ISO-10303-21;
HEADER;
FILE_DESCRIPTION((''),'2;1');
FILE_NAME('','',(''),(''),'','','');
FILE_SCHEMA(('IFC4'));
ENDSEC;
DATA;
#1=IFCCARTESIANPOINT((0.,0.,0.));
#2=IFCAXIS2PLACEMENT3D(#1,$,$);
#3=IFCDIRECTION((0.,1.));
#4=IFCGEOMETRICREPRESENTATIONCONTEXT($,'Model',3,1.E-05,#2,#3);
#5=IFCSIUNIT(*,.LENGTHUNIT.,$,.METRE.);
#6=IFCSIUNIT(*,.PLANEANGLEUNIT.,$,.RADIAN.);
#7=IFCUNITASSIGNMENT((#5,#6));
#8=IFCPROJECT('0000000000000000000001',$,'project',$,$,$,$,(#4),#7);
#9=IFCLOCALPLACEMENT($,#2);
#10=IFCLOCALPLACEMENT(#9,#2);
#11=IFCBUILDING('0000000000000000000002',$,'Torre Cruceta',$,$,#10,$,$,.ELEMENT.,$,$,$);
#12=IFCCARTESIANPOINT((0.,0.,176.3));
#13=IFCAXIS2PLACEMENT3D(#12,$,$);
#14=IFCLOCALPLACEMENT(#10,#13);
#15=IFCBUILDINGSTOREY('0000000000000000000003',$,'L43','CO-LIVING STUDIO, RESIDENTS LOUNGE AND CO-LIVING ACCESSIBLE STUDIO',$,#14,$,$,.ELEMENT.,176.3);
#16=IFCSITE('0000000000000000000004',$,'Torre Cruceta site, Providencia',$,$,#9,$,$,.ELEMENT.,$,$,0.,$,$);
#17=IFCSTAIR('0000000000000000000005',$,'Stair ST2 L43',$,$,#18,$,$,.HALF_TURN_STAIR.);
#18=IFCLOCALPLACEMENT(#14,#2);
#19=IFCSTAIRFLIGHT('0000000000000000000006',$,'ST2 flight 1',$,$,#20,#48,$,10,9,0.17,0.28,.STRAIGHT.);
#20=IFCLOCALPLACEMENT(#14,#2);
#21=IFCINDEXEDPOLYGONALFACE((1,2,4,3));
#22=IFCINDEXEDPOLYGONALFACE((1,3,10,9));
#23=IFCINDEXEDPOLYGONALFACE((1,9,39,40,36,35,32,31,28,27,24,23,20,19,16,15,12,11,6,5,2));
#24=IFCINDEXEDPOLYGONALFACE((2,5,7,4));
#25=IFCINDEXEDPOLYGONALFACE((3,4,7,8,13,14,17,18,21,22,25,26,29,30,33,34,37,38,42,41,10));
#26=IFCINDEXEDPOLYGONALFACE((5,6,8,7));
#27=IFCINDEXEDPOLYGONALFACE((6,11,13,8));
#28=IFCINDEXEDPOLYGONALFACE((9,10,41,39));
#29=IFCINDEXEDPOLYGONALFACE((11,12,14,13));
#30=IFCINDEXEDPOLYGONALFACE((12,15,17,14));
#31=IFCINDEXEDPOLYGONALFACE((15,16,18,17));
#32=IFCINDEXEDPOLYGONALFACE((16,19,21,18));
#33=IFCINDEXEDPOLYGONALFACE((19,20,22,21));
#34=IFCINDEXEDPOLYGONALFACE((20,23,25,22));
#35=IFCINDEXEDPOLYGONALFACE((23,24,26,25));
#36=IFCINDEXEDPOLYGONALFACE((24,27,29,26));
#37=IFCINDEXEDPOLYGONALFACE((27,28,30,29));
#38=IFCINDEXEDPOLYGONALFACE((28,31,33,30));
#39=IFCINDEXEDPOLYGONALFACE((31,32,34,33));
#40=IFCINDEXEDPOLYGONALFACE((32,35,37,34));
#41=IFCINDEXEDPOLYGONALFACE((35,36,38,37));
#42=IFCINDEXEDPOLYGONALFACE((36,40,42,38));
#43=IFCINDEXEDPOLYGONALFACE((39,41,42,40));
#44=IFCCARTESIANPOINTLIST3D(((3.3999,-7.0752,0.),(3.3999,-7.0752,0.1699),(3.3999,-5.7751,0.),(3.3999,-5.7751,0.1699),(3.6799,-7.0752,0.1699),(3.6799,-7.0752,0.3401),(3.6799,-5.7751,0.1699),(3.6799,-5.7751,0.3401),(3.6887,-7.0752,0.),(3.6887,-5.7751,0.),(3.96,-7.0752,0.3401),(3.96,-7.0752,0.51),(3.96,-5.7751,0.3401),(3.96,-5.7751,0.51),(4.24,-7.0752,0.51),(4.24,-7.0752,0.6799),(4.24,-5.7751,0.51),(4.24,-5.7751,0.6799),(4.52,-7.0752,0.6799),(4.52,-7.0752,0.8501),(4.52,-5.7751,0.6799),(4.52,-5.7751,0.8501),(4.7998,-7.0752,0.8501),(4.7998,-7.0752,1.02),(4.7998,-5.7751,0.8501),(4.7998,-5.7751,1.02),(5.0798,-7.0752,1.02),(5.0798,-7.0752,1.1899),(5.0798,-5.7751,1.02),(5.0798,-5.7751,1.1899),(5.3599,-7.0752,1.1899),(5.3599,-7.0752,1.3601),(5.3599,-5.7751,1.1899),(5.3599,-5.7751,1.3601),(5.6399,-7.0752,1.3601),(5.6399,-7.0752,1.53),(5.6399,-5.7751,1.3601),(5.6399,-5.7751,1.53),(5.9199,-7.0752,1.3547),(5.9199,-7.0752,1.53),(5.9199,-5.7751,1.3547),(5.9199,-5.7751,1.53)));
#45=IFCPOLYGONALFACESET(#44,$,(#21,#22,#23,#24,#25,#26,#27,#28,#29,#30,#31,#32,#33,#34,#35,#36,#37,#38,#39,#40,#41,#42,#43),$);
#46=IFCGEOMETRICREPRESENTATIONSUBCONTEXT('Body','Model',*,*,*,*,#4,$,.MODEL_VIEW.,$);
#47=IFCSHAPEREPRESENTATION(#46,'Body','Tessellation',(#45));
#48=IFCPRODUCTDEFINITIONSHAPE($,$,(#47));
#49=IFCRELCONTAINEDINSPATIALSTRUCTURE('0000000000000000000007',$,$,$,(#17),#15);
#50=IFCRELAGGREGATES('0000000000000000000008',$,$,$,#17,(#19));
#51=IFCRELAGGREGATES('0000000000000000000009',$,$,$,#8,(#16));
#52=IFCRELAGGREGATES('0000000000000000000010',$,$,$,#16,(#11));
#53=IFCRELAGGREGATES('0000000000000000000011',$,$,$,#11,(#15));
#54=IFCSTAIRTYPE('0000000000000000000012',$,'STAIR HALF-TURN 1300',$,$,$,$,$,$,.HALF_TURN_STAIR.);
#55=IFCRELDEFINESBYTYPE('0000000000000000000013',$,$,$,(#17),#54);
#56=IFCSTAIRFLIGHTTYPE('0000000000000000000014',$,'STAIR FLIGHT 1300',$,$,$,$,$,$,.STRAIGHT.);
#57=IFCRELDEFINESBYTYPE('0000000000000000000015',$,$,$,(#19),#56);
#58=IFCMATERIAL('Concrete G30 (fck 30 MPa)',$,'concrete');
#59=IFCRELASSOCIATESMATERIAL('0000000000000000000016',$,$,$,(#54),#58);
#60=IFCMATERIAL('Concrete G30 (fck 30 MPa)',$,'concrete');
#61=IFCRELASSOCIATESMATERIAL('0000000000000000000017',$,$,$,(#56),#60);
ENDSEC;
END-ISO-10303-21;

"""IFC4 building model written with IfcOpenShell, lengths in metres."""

from ifc_helpers import new_model, si_unit, direction, frame, origin, place, context, subcontext, project, spatial, polyline, outline, extrude, material, type_object, element, aggregate, save


model = new_model("IFC4")

# Units and contexts
model_context = context("Model", 3, precision=1e-05, world=origin(), true_north=direction((0.0, 1.0)))
body_context = subcontext(model_context, "Body", "Model", "MODEL_VIEW")
ifc_project = project(units=[si_unit("LENGTHUNIT", "METRE"), si_unit("PLANEANGLEUNIT", "RADIAN")], contexts=[model_context])

# Site, building, storey
site_placement = place(None, origin())
site = spatial("IfcSite", under=ifc_project, at=site_placement, Name="Torre Cruceta site, Providencia", CompositionType="ELEMENT", RefElevation=0.0)
building_placement = place(site_placement, origin())
building = spatial("IfcBuilding", under=site, at=building_placement, Name="Torre Cruceta", CompositionType="ELEMENT")
storey_placement = place(building_placement, frame((0.0, 0.0, 176.3)))
storey = spatial("IfcBuildingStorey", under=building, at=storey_placement, Name="L43", Description="CO-LIVING STUDIO, RESIDENTS LOUNGE AND CO-LIVING ACCESSIBLE STUDIO", CompositionType="ELEMENT", Elevation=176.3)

# Stair, stair flight
ifc_material_1 = material(Name="Concrete G30 (fck 30 MPa)", Category="concrete")
stair_type = type_object("IfcStairType", Name="STAIR HALF-TURN 1300", PredefinedType="HALF_TURN_STAIR", material=ifc_material_1)
stair_placement = place(storey_placement, origin())
stair = element("IfcStair", 1, at=stair_placement, inside=storey, type_object=stair_type, Name="Stair ST2 L43", PredefinedType="HALF_TURN_STAIR")
ifc_material_2 = material(Name="Concrete G30 (fck 30 MPa)", Category="concrete")
stair_flight_type = type_object("IfcStairFlightType", Name="STAIR FLIGHT 1300", PredefinedType="STRAIGHT", material=ifc_material_2)
stair_flight_placement = place(storey_placement, frame((3.3999, -6.425, 0.0), z_axis=(0.0, 0.0, 1.0), x_axis=(1.0, 0.0, 0.0)))
stair_flight = element("IfcStairFlight", 2, at=stair_flight_placement, type_object=stair_flight_type, Name="ST2 flight 1", NumberOfRisers=10, NumberOfTreads=9, PredefinedType="STRAIGHT", RiserHeight=0.17, TreadLength=0.28, context=body_context, shape_type="SweptSolid", body=[
    extrude(outline(polyline([(0.0, 0.0), (0.0, 0.1699), (0.28, 0.1699), (0.28, 0.3401), (0.5601, 0.3401), (0.5601, 0.51), (0.8401, 0.51), (0.8401, 0.6799), (1.1201, 0.6799), (1.1201, 0.8501), (1.3999, 0.8501), (1.3999, 1.02), (1.6799, 1.02), (1.6799, 1.1899), (1.96, 1.1899), (1.96, 1.3601), (2.24, 1.3601), (2.24, 1.53), (2.52, 1.53), (2.52, 1.7), (2.52, 1.3547), (0.2888, 0.0), (0.0, 0.0)])), frame((0.0, 0.6499, 0.0), z_axis=(0.0, -1.0, 0.0), x_axis=(1.0, 0.0, 0.0)), (0.0, 0.0, 1.0), 1.3),
])
aggregate(stair, [stair_flight])

save(model, "model.ifc")
